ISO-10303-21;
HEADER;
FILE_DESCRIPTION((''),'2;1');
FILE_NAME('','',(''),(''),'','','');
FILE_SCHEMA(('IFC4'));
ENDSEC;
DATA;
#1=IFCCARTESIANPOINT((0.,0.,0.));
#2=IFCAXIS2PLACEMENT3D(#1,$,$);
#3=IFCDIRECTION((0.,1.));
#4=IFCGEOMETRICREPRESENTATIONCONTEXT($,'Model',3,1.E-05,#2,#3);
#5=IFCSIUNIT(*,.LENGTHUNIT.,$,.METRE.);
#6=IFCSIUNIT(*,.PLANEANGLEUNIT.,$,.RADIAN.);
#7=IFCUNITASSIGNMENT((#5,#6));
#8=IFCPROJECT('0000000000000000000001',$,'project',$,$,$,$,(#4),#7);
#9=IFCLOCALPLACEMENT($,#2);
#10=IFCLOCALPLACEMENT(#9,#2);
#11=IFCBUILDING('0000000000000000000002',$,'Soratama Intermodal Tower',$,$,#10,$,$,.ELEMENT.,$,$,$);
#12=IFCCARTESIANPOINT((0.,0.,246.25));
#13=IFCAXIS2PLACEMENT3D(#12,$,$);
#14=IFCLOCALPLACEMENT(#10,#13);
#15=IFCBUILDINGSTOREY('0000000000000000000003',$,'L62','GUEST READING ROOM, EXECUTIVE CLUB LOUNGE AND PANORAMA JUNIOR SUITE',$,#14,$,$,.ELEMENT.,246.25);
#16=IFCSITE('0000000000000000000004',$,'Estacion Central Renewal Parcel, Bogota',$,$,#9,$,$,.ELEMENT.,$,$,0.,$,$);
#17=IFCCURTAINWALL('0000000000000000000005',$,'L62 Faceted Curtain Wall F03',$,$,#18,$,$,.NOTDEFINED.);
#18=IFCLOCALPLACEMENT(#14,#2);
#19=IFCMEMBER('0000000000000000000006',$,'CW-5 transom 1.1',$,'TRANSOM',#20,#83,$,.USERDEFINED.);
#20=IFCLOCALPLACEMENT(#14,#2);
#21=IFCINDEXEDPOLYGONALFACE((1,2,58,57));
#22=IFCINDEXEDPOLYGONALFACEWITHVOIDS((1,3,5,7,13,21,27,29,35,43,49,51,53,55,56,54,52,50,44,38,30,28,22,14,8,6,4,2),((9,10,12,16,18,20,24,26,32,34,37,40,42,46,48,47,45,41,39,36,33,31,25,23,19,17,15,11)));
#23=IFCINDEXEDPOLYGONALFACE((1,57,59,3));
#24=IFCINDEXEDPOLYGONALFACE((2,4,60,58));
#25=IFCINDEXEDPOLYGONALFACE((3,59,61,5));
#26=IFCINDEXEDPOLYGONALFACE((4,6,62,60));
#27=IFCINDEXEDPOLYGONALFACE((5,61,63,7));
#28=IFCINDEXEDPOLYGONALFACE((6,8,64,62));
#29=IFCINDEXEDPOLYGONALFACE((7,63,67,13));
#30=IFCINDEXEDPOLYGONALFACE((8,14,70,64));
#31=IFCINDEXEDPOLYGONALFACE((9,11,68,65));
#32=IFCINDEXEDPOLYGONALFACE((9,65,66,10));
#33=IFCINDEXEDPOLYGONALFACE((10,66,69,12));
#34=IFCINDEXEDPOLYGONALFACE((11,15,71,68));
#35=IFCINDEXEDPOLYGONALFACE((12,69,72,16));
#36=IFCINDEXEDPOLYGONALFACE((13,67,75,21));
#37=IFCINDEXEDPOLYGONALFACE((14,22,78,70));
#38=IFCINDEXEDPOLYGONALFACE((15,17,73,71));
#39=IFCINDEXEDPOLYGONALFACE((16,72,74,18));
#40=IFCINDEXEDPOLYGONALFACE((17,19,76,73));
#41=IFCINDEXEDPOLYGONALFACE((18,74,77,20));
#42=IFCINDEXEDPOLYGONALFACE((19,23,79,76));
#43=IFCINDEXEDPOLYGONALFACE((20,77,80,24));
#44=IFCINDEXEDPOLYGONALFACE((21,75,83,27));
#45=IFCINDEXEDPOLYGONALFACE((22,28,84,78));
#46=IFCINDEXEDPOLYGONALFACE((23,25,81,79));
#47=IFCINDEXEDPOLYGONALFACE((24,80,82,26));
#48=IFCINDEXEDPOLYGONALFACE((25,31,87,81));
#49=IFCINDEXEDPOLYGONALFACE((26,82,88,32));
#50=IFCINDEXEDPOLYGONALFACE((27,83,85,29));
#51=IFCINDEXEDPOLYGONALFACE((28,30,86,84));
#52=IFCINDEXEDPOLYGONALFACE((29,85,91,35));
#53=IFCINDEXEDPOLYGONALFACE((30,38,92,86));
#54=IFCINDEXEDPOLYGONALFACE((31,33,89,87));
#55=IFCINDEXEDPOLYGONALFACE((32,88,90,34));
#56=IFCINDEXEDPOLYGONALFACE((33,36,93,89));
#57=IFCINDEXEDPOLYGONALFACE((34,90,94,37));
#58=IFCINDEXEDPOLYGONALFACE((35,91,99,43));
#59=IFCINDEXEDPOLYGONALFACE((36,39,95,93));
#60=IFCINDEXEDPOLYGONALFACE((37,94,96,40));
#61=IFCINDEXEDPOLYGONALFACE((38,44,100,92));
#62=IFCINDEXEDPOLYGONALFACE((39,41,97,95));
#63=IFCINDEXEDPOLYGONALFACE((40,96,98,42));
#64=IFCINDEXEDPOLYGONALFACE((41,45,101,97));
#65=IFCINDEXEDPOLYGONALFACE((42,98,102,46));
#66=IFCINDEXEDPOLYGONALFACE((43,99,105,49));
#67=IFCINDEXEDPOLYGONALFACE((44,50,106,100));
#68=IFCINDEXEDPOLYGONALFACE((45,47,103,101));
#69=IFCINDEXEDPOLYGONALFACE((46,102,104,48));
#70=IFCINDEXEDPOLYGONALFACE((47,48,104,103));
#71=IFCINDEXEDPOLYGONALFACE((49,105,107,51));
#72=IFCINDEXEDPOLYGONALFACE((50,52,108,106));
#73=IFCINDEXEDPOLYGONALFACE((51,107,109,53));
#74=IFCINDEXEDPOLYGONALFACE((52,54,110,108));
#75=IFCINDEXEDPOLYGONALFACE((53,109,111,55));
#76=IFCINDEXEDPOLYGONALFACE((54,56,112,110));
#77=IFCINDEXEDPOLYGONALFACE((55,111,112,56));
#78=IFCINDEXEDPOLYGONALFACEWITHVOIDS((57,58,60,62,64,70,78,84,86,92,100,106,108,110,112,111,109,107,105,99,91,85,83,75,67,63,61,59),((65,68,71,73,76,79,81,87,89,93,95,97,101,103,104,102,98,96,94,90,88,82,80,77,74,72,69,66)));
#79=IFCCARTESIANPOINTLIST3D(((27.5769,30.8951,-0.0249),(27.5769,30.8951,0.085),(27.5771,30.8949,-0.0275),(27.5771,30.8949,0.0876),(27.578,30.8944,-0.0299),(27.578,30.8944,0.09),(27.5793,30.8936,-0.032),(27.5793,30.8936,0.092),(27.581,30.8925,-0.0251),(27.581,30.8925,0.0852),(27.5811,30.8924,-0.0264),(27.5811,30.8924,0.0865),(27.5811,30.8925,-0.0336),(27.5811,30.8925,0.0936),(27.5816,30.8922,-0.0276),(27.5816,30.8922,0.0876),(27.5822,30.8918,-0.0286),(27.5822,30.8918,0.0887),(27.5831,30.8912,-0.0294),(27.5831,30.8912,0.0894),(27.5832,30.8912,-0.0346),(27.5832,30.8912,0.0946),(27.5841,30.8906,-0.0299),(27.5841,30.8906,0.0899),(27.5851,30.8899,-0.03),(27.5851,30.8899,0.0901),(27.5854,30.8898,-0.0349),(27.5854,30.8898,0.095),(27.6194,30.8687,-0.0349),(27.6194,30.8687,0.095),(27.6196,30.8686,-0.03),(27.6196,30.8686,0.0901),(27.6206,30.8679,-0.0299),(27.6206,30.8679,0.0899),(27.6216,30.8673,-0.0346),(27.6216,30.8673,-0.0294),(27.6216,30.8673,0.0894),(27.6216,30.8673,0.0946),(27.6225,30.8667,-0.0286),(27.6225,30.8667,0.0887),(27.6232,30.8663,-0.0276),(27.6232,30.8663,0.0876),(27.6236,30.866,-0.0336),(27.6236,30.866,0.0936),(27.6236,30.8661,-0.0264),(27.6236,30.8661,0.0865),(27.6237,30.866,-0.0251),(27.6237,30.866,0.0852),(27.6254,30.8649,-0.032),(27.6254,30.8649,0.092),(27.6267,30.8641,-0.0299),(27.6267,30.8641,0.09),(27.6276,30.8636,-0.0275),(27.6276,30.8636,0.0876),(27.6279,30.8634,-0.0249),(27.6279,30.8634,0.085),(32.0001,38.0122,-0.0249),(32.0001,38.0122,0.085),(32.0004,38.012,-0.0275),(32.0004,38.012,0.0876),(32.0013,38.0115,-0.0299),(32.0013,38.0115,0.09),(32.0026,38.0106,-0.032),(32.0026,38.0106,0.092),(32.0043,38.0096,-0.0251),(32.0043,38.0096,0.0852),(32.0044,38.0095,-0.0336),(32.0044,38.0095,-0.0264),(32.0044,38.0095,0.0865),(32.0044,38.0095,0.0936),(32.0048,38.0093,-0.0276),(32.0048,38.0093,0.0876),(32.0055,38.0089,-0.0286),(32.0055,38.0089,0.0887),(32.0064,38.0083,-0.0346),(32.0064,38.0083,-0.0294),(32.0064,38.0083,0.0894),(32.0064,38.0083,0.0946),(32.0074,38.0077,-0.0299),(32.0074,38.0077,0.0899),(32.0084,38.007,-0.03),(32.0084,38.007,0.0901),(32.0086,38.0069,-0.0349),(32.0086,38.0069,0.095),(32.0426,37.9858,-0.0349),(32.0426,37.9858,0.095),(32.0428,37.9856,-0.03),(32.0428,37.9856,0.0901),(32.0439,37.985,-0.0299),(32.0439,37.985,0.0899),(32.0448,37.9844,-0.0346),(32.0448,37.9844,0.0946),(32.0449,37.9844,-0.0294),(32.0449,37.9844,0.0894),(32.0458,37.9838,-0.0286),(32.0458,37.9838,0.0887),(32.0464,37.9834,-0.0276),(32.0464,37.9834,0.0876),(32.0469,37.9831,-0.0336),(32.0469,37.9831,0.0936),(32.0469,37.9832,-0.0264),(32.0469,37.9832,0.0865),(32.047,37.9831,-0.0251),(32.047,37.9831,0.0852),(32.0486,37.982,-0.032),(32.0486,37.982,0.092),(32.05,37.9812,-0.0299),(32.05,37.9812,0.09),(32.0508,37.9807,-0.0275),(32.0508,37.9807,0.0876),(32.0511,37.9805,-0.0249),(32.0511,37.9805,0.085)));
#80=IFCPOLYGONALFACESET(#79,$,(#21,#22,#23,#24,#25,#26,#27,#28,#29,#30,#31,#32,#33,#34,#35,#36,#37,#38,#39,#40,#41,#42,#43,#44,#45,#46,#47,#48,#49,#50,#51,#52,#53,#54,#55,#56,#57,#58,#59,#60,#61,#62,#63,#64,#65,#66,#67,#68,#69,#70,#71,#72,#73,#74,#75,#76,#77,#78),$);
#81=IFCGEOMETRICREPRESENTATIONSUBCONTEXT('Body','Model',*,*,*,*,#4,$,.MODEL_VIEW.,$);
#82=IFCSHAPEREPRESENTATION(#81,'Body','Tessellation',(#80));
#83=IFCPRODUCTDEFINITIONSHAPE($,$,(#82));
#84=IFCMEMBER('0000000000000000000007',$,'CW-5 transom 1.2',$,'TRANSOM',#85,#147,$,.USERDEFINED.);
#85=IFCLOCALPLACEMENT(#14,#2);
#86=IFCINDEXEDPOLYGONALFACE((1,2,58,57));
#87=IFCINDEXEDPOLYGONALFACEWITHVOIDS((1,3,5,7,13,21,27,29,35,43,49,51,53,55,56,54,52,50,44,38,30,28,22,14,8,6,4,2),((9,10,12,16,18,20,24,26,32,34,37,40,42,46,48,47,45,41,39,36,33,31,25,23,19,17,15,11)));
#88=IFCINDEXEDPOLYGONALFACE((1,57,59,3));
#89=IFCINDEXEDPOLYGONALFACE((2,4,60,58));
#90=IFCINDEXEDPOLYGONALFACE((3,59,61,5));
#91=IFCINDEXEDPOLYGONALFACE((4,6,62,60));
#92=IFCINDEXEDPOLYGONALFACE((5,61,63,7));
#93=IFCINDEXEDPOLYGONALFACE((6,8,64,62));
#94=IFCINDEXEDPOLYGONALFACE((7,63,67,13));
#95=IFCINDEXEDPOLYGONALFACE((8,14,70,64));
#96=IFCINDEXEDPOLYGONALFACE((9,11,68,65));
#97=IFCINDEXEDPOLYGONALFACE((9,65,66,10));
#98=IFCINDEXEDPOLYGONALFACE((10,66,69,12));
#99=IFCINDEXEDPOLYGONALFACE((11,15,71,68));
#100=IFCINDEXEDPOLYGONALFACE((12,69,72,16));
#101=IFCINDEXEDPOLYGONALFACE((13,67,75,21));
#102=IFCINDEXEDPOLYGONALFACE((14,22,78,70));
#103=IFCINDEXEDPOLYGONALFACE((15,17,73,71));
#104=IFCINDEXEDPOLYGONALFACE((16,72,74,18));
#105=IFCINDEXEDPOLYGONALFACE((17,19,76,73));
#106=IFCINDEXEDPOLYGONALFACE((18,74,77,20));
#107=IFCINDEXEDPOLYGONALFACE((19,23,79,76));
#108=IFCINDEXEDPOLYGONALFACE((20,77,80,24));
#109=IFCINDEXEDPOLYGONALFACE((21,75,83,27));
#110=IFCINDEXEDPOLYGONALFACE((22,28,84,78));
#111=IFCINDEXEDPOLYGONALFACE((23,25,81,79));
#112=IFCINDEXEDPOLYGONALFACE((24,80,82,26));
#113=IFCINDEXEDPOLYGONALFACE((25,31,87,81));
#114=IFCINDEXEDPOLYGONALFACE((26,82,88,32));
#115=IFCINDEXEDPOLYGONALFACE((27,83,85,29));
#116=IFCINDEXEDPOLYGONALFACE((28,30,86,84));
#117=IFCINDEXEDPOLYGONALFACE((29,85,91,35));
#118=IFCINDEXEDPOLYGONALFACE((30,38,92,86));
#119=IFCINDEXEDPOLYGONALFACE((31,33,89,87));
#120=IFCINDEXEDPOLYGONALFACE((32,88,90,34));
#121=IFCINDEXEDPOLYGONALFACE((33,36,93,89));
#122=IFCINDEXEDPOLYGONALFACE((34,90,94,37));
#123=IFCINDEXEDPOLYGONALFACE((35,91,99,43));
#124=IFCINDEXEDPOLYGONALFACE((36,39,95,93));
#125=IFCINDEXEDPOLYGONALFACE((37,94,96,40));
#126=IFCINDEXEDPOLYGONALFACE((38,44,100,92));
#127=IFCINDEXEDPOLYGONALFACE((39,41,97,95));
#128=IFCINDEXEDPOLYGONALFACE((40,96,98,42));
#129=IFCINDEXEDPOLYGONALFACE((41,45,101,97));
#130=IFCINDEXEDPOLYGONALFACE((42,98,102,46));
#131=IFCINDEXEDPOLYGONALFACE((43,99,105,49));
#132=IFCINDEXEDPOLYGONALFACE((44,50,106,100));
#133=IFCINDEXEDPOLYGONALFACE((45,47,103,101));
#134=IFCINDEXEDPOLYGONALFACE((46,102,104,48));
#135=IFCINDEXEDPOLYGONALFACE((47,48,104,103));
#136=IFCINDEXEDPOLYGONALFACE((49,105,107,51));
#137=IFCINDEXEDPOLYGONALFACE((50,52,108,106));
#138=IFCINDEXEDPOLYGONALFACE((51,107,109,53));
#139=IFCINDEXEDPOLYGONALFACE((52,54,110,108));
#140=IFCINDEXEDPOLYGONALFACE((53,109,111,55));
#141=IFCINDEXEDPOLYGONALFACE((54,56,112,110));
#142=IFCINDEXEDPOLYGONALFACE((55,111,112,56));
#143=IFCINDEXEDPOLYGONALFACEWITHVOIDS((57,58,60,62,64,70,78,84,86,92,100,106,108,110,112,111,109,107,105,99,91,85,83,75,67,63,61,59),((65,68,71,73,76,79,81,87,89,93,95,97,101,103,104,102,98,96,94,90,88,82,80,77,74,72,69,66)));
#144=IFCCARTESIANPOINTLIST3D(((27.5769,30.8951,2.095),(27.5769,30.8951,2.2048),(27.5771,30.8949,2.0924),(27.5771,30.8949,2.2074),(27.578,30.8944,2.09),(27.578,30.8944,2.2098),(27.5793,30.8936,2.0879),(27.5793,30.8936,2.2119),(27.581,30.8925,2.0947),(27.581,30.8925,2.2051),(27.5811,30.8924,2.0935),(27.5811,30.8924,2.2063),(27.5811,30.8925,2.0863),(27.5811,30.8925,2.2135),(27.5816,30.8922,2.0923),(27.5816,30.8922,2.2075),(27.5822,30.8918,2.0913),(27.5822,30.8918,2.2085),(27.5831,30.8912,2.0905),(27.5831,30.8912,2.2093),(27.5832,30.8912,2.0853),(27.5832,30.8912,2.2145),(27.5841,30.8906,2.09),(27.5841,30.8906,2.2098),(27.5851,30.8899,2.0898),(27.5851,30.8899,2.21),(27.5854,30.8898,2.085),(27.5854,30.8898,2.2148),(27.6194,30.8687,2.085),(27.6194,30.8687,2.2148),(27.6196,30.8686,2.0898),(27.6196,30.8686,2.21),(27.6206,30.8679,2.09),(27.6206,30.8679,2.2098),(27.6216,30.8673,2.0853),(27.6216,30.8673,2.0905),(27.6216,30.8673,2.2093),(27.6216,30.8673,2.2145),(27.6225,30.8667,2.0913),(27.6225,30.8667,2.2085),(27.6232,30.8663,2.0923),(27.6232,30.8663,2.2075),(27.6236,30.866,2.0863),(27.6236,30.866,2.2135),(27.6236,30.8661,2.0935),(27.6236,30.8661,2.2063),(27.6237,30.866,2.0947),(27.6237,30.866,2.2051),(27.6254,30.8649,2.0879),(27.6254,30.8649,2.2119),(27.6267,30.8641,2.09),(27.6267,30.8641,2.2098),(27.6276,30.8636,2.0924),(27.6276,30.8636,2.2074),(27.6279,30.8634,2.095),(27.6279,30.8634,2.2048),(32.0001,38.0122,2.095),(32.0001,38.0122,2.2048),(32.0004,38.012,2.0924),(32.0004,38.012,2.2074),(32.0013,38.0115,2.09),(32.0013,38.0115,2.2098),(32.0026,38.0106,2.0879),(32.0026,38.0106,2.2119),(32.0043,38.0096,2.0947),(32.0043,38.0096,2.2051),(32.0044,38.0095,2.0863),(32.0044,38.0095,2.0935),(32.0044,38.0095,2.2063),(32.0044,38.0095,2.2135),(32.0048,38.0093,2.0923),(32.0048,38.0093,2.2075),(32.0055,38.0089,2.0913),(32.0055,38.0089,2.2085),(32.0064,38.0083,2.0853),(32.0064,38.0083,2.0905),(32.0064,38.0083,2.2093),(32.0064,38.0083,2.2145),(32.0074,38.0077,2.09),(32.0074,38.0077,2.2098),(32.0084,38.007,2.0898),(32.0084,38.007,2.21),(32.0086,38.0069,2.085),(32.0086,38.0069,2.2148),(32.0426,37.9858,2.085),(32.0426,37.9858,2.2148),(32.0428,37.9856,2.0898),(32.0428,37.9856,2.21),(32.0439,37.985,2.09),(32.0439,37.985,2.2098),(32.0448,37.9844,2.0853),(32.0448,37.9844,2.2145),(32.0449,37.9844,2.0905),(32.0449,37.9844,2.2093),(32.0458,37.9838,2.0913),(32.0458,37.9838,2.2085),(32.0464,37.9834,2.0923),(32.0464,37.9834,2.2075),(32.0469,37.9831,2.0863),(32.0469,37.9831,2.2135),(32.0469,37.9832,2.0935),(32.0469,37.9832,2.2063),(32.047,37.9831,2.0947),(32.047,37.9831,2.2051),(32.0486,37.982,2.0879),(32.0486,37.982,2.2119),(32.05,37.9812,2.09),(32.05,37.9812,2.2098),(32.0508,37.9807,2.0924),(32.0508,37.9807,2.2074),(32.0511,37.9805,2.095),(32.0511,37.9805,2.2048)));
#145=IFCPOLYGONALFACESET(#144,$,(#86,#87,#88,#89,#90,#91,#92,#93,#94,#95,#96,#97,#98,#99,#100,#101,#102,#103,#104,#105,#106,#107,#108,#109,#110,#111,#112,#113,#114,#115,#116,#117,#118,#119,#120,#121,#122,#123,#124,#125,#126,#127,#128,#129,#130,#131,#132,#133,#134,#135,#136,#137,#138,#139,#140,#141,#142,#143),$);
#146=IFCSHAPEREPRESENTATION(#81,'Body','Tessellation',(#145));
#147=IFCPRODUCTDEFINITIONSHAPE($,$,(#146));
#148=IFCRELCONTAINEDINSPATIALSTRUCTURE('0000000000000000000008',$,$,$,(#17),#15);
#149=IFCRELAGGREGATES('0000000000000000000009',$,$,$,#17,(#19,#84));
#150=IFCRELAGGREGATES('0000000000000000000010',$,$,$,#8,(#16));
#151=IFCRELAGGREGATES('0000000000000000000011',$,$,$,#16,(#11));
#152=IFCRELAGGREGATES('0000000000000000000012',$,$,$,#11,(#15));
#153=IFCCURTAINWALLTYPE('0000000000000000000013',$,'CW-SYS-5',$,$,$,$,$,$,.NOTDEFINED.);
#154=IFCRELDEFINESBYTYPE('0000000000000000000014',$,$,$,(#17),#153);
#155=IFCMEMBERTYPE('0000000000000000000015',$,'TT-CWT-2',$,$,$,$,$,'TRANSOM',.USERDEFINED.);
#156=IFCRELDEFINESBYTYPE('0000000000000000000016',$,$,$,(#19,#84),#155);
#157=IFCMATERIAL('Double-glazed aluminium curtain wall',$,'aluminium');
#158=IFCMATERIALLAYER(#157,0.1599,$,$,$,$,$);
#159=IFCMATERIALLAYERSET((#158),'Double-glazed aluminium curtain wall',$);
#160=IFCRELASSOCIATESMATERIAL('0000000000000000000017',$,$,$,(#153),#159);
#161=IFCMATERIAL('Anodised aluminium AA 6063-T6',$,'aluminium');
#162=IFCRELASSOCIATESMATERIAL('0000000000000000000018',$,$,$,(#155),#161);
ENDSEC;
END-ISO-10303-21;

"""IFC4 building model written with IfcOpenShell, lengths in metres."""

from ifc_helpers import new_model, si_unit, direction, frame, origin, origin_2d, place, context, subcontext, project, spatial, hollow_rectangle, extrude, material, layer, layer_set, material_profile, profile_set, type_object, element, aggregate, save


model = new_model("IFC4")

# Units and contexts
model_context = context("Model", 3, precision=1e-05, world=origin(), true_north=direction((0.0, 1.0)))
body_context = subcontext(model_context, "Body", "Model", "MODEL_VIEW")
ifc_project = project(units=[si_unit("LENGTHUNIT", "METRE"), si_unit("PLANEANGLEUNIT", "RADIAN")], contexts=[model_context])

# Site, building, storey
site_placement = place(None, origin())
site = spatial("IfcSite", under=ifc_project, at=site_placement, Name="Estacion Central Renewal Parcel, Bogota", CompositionType="ELEMENT", RefElevation=0.0)
building_placement = place(site_placement, origin())
building = spatial("IfcBuilding", under=site, at=building_placement, Name="Soratama Intermodal Tower", CompositionType="ELEMENT")
storey_placement = place(building_placement, frame((0.0, 0.0, 246.25)))
storey = spatial("IfcBuildingStorey", under=building, at=storey_placement, Name="L62", Description="GUEST READING ROOM, EXECUTIVE CLUB LOUNGE AND PANORAMA JUNIOR SUITE", CompositionType="ELEMENT", Elevation=246.25)

# Shared definitions
ifc_material_1 = material(Name="Double-glazed aluminium curtain wall", Category="aluminium")
ifc_layer_1 = layer(ifc_material_1, 0.1599)
ifc_layer_set_1 = layer_set([ifc_layer_1], Name="Double-glazed aluminium curtain wall")
curtain_wall_type = type_object("IfcCurtainWallType", Name="CW-SYS-5", PredefinedType="NOTDEFINED", material=ifc_layer_set_1)

# Curtain wall, members
curtain_wall_1_placement = place(storey_placement, origin())
curtain_wall_1 = element("IfcCurtainWall", 1, at=curtain_wall_1_placement, inside=storey, type_object=curtain_wall_type, Name="L62 Faceted Curtain Wall F03", PredefinedType="NOTDEFINED")
ifc_material_2 = material(Name="Anodised aluminium AA 6063-T6", Category="aluminium")
ifc_material_profile_1 = material_profile(ifc_material_2, hollow_rectangle(XDim=0.0601, YDim=0.1299, WallThickness=0.0049, InnerFilletRadius=0.0049, OuterFilletRadius=0.01, at=origin_2d()), Name="CWT130X60X5")
ifc_profile_set_1 = profile_set([ifc_material_profile_1], Name="Anodised aluminium AA 6063-T6")
member_type_1 = type_object("IfcMemberType", Name="TT-CWT-2", ElementType="TRANSOM", PredefinedType="USERDEFINED", material=ifc_profile_set_1)
member_1_placement = place(storey_placement, frame((32.0256, 37.9963, 0.03), z_axis=(-0.52786, -0.849331, 0.0), x_axis=(0.849331, -0.52786, 0.0)))
member_1 = element("IfcMember", 2, at=member_1_placement, type_object=member_type_1, Name="CW-5 transom 1.1", ObjectType="TRANSOM", PredefinedType="USERDEFINED", context=body_context, shape_type="SweptSolid", body=[
    extrude(hollow_rectangle(XDim=0.0601, YDim=0.1299, WallThickness=0.0049, InnerFilletRadius=0.0049, OuterFilletRadius=0.01, at=origin_2d()), origin(), (0.0, 0.0, 1.0), 8.3796),
])
member_2_placement = place(storey_placement, frame((32.0256, 37.9963, 2.1499), z_axis=(-0.52786, -0.849331, 0.0), x_axis=(0.849331, -0.52786, 0.0)))
member_2 = element("IfcMember", 3, at=member_2_placement, type_object=member_type_1, Name="CW-5 transom 1.2", ObjectType="TRANSOM", PredefinedType="USERDEFINED", context=body_context, shape_type="SweptSolid", body=[
    extrude(hollow_rectangle(XDim=0.0601, YDim=0.1299, WallThickness=0.0049, InnerFilletRadius=0.0049, OuterFilletRadius=0.01, at=origin_2d()), origin(), (0.0, 0.0, 1.0), 8.3796),
])

aggregate(curtain_wall_1, [member_1, member_2])

save(model, "model.ifc")
